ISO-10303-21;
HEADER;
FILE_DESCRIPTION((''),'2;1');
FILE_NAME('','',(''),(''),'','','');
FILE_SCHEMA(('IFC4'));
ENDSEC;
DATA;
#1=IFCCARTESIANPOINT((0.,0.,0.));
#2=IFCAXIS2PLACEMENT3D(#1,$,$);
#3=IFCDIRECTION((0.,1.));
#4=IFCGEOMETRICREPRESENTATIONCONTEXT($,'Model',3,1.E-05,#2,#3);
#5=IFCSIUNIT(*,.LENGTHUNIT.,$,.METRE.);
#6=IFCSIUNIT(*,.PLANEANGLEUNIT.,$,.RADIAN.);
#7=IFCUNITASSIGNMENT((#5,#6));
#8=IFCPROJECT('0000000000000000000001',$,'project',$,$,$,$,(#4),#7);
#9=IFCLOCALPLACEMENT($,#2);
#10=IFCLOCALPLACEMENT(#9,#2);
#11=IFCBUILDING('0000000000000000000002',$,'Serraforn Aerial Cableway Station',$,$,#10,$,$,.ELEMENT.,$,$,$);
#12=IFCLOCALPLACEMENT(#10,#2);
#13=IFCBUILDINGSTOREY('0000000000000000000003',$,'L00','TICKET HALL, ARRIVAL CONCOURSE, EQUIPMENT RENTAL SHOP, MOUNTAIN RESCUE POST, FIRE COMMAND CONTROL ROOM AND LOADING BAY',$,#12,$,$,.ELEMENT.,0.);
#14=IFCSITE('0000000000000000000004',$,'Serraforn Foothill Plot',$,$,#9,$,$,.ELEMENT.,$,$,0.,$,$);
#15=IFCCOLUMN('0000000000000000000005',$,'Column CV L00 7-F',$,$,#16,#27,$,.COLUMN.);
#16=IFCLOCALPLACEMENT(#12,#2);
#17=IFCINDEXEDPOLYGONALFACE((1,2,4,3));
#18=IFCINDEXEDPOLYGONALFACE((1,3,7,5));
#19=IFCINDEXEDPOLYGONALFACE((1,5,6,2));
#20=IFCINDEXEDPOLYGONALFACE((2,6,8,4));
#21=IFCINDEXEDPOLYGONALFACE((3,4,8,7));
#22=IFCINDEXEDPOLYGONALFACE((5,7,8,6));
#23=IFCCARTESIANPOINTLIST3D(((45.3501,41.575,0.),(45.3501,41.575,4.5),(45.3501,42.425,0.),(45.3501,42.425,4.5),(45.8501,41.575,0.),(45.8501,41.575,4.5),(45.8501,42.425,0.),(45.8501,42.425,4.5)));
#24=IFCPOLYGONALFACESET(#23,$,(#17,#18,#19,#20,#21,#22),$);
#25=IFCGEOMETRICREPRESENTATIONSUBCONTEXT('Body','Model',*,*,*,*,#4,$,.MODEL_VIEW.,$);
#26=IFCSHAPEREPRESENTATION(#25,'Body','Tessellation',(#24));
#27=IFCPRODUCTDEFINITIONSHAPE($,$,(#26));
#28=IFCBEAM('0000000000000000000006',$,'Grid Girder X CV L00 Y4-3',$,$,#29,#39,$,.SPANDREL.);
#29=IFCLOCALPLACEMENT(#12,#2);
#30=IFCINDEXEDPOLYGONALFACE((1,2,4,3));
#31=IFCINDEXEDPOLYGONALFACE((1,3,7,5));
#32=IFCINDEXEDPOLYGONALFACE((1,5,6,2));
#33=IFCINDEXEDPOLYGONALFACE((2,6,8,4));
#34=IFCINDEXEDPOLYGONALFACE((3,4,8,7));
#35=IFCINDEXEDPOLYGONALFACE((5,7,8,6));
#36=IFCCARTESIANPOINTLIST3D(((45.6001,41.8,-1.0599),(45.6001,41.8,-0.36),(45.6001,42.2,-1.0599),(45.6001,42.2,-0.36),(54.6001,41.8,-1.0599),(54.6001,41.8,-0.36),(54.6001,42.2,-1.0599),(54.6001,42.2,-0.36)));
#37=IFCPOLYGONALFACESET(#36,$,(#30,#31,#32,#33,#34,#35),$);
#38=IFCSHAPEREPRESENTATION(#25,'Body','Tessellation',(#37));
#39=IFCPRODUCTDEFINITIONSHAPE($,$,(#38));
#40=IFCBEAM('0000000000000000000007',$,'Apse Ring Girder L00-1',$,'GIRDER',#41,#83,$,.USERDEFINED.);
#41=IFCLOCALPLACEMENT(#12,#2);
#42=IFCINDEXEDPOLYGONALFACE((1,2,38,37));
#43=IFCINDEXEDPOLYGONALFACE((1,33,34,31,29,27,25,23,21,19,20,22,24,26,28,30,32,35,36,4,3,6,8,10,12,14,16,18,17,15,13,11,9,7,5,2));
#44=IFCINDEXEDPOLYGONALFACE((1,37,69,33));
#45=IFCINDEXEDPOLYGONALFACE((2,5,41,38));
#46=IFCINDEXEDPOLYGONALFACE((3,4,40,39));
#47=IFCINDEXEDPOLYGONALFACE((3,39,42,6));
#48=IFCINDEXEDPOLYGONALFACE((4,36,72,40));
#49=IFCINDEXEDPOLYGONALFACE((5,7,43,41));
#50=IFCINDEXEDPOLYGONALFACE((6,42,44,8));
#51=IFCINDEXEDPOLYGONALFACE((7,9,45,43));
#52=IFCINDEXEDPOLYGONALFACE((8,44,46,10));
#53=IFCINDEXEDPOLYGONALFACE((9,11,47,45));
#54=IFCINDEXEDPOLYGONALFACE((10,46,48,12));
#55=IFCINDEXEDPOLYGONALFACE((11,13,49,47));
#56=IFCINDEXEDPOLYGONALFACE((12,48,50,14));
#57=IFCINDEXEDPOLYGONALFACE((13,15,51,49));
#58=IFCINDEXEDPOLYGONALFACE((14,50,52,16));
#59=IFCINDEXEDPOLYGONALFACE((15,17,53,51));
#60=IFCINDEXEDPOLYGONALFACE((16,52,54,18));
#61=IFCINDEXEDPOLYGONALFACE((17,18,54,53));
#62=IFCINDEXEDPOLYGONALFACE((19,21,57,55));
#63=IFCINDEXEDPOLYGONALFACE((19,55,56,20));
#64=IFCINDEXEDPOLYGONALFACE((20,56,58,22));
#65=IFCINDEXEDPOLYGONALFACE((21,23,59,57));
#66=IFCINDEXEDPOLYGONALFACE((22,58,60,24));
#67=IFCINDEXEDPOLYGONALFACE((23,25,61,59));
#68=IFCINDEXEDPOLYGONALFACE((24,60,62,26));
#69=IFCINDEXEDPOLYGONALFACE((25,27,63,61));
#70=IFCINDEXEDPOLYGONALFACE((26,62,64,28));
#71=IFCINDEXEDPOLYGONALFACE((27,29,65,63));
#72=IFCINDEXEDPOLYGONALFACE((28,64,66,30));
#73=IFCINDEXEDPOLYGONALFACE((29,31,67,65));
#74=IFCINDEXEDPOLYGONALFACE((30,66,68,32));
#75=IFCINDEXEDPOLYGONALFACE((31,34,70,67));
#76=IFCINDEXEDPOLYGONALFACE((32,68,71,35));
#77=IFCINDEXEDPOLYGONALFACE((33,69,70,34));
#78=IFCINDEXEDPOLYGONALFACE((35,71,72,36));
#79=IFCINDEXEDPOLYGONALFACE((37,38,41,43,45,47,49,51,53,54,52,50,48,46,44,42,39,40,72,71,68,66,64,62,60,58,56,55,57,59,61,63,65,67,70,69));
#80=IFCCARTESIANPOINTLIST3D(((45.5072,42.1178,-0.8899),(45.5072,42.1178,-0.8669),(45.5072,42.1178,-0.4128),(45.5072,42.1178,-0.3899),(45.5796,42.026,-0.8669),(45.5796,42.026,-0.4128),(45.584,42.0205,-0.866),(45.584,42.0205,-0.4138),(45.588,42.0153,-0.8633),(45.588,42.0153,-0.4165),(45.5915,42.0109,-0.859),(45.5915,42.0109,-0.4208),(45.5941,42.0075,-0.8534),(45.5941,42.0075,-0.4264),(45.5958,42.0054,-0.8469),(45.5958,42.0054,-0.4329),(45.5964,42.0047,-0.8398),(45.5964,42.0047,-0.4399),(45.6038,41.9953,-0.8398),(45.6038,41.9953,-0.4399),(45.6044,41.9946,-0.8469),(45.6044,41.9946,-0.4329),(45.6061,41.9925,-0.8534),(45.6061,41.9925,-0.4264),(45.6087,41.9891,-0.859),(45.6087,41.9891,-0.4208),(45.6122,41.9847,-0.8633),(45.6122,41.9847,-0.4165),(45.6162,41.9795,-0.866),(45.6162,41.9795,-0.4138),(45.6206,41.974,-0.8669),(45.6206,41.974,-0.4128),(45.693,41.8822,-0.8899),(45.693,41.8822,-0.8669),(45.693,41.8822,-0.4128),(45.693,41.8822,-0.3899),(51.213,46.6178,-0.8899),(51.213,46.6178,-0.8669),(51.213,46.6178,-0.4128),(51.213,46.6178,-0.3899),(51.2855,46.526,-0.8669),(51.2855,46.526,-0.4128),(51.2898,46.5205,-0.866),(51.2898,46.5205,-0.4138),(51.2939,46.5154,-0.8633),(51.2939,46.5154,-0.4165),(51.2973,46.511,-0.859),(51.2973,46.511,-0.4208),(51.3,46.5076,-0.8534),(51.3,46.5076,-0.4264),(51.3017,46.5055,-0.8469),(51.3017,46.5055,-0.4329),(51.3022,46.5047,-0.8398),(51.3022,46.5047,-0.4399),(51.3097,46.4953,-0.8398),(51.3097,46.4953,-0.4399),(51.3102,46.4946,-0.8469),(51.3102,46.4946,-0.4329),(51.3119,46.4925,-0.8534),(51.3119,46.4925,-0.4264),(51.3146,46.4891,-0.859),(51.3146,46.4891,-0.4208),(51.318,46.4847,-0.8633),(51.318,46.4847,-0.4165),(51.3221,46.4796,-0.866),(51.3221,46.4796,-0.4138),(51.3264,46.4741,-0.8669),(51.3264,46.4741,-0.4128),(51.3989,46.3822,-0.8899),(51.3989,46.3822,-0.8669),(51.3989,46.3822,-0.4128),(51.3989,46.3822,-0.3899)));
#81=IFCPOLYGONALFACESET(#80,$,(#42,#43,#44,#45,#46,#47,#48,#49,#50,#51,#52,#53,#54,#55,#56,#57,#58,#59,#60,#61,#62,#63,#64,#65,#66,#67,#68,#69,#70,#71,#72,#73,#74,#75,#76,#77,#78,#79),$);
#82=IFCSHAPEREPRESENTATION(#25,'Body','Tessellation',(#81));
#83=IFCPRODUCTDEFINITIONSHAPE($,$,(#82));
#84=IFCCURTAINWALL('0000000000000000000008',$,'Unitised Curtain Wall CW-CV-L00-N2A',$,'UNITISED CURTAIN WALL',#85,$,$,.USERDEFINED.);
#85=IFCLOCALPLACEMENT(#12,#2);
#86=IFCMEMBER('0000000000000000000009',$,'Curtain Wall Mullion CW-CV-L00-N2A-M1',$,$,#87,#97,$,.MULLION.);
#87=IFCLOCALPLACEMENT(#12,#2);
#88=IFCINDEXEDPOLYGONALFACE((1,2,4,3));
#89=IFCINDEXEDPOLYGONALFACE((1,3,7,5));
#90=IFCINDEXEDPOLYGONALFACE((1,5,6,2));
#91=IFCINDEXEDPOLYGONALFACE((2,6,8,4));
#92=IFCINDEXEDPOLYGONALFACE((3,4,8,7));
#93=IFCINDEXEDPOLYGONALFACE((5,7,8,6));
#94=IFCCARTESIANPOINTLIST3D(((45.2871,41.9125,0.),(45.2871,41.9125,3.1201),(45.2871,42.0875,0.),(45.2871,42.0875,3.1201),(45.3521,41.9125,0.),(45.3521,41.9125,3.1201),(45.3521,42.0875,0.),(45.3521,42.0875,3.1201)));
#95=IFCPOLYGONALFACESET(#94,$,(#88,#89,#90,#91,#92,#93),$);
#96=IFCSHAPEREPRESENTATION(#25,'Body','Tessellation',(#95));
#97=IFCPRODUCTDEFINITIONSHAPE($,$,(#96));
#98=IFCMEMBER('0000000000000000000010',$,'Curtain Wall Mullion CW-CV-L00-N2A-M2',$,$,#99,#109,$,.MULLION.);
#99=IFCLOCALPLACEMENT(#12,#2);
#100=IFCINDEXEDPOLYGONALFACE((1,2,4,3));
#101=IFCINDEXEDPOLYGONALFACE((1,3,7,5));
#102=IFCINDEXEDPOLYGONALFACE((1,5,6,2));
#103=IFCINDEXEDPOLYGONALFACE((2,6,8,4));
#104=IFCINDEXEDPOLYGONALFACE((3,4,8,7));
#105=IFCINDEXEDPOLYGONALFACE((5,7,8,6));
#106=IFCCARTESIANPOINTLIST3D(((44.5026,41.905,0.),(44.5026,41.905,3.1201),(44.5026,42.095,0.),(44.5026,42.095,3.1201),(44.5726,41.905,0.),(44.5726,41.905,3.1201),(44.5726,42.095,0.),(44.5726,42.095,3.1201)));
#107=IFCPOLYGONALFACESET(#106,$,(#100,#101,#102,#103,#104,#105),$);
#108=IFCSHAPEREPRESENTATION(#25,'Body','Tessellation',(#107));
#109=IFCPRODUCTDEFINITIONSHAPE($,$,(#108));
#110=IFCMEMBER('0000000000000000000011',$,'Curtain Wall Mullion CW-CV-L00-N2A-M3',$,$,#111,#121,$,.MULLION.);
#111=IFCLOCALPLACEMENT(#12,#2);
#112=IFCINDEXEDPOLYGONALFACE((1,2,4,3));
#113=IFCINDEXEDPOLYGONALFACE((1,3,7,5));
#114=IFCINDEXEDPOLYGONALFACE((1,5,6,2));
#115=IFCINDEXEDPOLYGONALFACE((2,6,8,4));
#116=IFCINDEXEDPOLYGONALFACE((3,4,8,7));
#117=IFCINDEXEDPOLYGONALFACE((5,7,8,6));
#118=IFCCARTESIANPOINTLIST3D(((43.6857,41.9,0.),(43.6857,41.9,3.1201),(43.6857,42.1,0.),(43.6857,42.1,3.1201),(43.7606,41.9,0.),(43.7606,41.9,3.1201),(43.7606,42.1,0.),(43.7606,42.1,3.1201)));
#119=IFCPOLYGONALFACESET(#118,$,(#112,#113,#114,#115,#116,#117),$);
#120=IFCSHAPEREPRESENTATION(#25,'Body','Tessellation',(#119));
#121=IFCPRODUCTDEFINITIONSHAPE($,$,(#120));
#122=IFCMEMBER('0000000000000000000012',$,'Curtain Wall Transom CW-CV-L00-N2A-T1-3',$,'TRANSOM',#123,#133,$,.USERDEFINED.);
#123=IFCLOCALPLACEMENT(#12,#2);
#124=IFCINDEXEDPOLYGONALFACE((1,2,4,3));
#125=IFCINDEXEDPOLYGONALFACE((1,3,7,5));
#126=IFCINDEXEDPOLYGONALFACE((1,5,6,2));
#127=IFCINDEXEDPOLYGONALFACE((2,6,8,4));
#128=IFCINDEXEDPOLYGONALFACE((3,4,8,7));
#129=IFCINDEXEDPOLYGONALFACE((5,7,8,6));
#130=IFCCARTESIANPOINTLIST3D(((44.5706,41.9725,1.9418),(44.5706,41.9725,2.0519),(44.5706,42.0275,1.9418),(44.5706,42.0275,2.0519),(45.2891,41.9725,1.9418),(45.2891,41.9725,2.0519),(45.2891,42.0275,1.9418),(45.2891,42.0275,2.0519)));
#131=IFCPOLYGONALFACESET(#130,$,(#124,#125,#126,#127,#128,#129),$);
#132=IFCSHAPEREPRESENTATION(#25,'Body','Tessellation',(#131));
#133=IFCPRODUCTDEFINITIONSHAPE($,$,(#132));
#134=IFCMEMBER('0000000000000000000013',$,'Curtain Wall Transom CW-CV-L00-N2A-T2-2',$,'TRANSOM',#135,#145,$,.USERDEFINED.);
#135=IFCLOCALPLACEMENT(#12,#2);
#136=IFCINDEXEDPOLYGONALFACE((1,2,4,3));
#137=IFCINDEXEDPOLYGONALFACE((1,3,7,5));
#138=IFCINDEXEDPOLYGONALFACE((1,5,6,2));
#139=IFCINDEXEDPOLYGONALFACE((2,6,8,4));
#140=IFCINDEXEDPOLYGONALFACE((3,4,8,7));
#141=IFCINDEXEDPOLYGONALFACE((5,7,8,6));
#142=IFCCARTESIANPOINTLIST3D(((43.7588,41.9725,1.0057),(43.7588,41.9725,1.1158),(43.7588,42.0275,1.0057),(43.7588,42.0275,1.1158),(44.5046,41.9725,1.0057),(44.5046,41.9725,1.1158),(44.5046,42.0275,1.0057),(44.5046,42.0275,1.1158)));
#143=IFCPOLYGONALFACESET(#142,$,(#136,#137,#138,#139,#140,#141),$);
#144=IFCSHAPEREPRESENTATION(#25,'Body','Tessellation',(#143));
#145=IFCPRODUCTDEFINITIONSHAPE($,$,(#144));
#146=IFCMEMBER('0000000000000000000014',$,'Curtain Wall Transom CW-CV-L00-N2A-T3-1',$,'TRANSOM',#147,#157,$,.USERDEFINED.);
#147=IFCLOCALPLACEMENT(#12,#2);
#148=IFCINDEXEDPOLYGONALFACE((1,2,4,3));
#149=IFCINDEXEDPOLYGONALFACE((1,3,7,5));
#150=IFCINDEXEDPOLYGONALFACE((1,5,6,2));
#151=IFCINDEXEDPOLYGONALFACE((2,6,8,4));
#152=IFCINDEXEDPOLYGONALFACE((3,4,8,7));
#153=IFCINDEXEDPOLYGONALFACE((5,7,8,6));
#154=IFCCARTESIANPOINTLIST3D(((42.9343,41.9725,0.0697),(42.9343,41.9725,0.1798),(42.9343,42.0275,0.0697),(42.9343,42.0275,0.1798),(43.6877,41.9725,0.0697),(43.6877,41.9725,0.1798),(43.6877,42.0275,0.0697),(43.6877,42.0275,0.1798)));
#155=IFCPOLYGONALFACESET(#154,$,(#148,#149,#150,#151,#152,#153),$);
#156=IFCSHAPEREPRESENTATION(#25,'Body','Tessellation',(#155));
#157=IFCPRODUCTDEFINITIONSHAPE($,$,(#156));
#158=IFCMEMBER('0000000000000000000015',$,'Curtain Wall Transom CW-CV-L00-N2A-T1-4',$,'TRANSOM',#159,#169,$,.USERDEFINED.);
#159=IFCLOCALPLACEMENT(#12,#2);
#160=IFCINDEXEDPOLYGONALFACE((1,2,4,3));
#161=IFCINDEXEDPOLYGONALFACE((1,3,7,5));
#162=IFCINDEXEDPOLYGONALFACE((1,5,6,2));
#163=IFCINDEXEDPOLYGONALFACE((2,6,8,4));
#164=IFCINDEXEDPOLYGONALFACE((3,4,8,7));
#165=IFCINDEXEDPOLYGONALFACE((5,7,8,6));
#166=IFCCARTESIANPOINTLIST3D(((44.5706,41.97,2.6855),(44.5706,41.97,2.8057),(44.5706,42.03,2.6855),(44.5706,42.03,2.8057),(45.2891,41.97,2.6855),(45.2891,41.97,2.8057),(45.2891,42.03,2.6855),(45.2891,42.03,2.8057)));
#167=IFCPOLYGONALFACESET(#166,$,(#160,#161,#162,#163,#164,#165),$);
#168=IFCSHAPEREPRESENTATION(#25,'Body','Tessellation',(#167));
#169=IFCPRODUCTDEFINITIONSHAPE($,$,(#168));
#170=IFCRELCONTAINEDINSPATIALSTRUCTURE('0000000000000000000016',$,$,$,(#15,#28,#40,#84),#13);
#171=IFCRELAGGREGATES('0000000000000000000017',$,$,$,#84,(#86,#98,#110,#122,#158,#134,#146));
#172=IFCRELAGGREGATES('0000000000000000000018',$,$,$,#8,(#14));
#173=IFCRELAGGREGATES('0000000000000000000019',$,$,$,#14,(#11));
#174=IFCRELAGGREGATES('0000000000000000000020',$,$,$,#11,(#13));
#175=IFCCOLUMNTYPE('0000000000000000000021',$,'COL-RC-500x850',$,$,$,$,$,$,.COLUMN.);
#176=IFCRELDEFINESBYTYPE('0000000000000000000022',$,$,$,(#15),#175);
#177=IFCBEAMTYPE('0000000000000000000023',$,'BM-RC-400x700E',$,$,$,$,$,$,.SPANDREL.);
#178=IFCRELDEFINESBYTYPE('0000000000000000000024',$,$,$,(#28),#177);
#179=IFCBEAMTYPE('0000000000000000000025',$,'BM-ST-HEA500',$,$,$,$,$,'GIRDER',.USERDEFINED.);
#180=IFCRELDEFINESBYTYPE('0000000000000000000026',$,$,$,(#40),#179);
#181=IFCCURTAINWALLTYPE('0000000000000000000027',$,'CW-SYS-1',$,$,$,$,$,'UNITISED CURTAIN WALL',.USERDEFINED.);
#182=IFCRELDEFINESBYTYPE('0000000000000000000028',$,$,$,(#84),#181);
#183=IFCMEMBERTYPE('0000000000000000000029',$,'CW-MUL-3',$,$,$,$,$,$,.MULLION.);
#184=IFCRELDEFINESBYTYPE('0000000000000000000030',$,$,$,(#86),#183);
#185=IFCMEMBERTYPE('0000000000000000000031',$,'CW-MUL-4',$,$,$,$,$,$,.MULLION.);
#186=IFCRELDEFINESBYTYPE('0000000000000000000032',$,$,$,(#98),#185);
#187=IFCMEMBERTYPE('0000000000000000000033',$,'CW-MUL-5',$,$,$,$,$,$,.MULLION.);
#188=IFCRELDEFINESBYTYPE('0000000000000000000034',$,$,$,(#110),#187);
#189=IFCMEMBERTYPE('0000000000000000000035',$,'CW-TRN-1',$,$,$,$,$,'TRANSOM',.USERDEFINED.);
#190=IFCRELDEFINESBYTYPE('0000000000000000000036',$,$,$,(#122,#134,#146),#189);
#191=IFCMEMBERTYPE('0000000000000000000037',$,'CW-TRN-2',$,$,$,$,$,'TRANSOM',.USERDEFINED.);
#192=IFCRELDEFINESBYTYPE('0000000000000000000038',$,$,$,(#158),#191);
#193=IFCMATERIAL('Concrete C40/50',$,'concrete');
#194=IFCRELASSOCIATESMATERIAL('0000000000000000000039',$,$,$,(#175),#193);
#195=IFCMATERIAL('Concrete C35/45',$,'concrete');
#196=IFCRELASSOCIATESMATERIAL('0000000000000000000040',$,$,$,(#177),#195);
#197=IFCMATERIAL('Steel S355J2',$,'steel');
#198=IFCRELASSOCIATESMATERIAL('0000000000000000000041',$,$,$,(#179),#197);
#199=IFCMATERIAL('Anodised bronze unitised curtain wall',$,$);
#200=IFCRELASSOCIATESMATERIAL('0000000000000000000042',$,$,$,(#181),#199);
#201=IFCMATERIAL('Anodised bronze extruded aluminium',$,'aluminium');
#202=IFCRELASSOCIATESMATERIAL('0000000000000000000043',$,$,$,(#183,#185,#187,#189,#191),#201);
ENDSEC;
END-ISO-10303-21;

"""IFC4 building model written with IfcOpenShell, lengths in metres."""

from ifc_helpers import new_model, si_unit, direction, frame, origin, origin_2d, place, context, subcontext, project, spatial, rectangle, i_section, extrude, material, material_profile, profile_set, type_object, element, aggregate, save


model = new_model("IFC4")

# Units and contexts
model_context = context("Model", 3, precision=1e-05, world=origin(), true_north=direction((0.0, 1.0)))
body_context = subcontext(model_context, "Body", "Model", "MODEL_VIEW")
ifc_project = project(units=[si_unit("LENGTHUNIT", "METRE"), si_unit("PLANEANGLEUNIT", "RADIAN")], contexts=[model_context])

# Site, building, storey
site_placement = place(None, origin())
site = spatial("IfcSite", under=ifc_project, at=site_placement, Name="Serraforn Foothill Plot", CompositionType="ELEMENT", RefElevation=0.0)
building_placement = place(site_placement, origin())
building = spatial("IfcBuilding", under=site, at=building_placement, Name="Serraforn Aerial Cableway Station", CompositionType="ELEMENT")
storey_placement = place(building_placement, origin())
storey = spatial("IfcBuildingStorey", under=building, at=storey_placement, Name="L00", Description="TICKET HALL, ARRIVAL CONCOURSE, EQUIPMENT RENTAL SHOP, MOUNTAIN RESCUE POST, FIRE COMMAND CONTROL ROOM AND LOADING BAY", CompositionType="ELEMENT", Elevation=0.0)

# Column
ifc_material_1 = material(Name="Concrete C40/50", Category="concrete")
ifc_material_profile_1 = material_profile(ifc_material_1, rectangle(XDim=0.5, YDim=0.8501, at=origin_2d()), Name="RC 500x850")
ifc_profile_set_1 = profile_set([ifc_material_profile_1], Name="Concrete C40/50")
column_type = type_object("IfcColumnType", Name="COL-RC-500x850", PredefinedType="COLUMN", material=ifc_profile_set_1)
column_placement = place(storey_placement, frame((45.6001, 42.0, 0.0), z_axis=(0.0, 0.0, 1.0), x_axis=(1.0, 0.0, 0.0)))
element("IfcColumn", 1, at=column_placement, inside=storey, type_object=column_type, Name="Column CV L00 7-F", PredefinedType="COLUMN", context=body_context, shape_type="SweptSolid", body=[
    extrude(rectangle(XDim=0.5, YDim=0.8501, at=origin_2d()), origin(), (0.0, 0.0, 1.0), 4.5),
])

# Beams
ifc_material_2 = material(Name="Concrete C35/45", Category="concrete")
ifc_material_profile_2 = material_profile(ifc_material_2, rectangle(XDim=0.3999, YDim=0.7, at=origin_2d()), Name="RC 400x700")
ifc_profile_set_2 = profile_set([ifc_material_profile_2], Name="Concrete C35/45")
beam_type_1 = type_object("IfcBeamType", Name="BM-RC-400x700E", PredefinedType="SPANDREL", material=ifc_profile_set_2)
beam_1_placement = place(storey_placement, frame((45.6001, 42.0, -0.71), z_axis=(1.0, 0.0, 0.0), x_axis=(0.0, 1.0, 0.0)))
element("IfcBeam", 2, at=beam_1_placement, inside=storey, type_object=beam_type_1, Name="Grid Girder X CV L00 Y4-3", PredefinedType="SPANDREL", context=body_context, shape_type="SweptSolid", body=[
    extrude(rectangle(XDim=0.3999, YDim=0.7, at=origin_2d()), origin(), (0.0, 0.0, 1.0), 9.0),
])
ifc_material_3 = material(Name="Steel S355J2", Category="steel")
ifc_material_profile_3 = material_profile(ifc_material_3, i_section(OverallWidth=0.3, OverallDepth=0.5, WebThickness=0.012, FlangeThickness=0.0229, FilletRadius=0.0271, at=origin_2d()), Name="HEA 500")
ifc_profile_set_3 = profile_set([ifc_material_profile_3], Name="Steel S355J2")
beam_type_2 = type_object("IfcBeamType", Name="BM-ST-HEA500", ElementType="GIRDER", PredefinedType="USERDEFINED", material=ifc_profile_set_3)
beam_2_placement = place(storey_placement, frame((45.6001, 42.0, -0.6399), z_axis=(0.78519, 0.619255, 0.0), x_axis=(-0.619255, 0.78519, 0.0)))
element("IfcBeam", 3, at=beam_2_placement, inside=storey, type_object=beam_type_2, Name="Apse Ring Girder L00-1", ObjectType="GIRDER", PredefinedType="USERDEFINED", context=body_context, shape_type="SweptSolid", body=[
    extrude(i_section(OverallWidth=0.3, OverallDepth=0.5, WebThickness=0.012, FlangeThickness=0.0229, FilletRadius=0.0271, at=origin_2d()), origin(), (0.0, 0.0, 1.0), 7.2668),
])

# Curtain wall, members
ifc_material_4 = material(Name="Anodised bronze unitised curtain wall")
curtain_wall_type = type_object("IfcCurtainWallType", Name="CW-SYS-1", ElementType="UNITISED CURTAIN WALL", PredefinedType="USERDEFINED", material=ifc_material_4)
curtain_wall_placement = place(storey_placement, origin())
curtain_wall = element("IfcCurtainWall", 4, at=curtain_wall_placement, inside=storey, type_object=curtain_wall_type, Name="Unitised Curtain Wall CW-CV-L00-N2A", ObjectType="UNITISED CURTAIN WALL", PredefinedType="USERDEFINED")
ifc_material_5 = material(Name="Anodised bronze extruded aluminium", Category="aluminium")
ifc_material_profile_4 = material_profile(ifc_material_5, rectangle(XDim=0.0649, YDim=0.175, at=origin_2d()), Name="CW MULLION 65x175")
ifc_profile_set_4 = profile_set([ifc_material_profile_4], Name="Anodised bronze extruded aluminium")
member_type_1 = type_object("IfcMemberType", Name="CW-MUL-3", PredefinedType="MULLION", material=ifc_profile_set_4)
member_1_placement = place(storey_placement, frame((45.3196, 42.0, 0.0), z_axis=(0.0, 0.0, 1.0), x_axis=(-1.0, 0.0, 0.0)))
member_1 = element("IfcMember", 5, at=member_1_placement, type_object=member_type_1, Name="Curtain Wall Mullion CW-CV-L00-N2A-M1", PredefinedType="MULLION", context=body_context, shape_type="SweptSolid", body=[
    extrude(rectangle(XDim=0.0649, YDim=0.175, at=origin_2d()), origin(), (0.0, 0.0, 1.0), 3.1201),
])
ifc_material_profile_5 = material_profile(ifc_material_5, rectangle(XDim=0.0701, YDim=0.1899, at=origin_2d()), Name="CW MULLION 70x190")
ifc_profile_set_5 = profile_set([ifc_material_profile_5], Name="Anodised bronze extruded aluminium")
member_type_2 = type_object("IfcMemberType", Name="CW-MUL-4", PredefinedType="MULLION", material=ifc_profile_set_5)
member_2_placement = place(storey_placement, frame((44.5376, 42.0, 0.0), z_axis=(0.0, 0.0, 1.0), x_axis=(-1.0, 0.0, 0.0)))
member_2 = element("IfcMember", 6, at=member_2_placement, type_object=member_type_2, Name="Curtain Wall Mullion CW-CV-L00-N2A-M2", PredefinedType="MULLION", context=body_context, shape_type="SweptSolid", body=[
    extrude(rectangle(XDim=0.0701, YDim=0.1899, at=origin_2d()), origin(), (0.0, 0.0, 1.0), 3.1201),
])
ifc_material_profile_6 = material_profile(ifc_material_5, rectangle(XDim=0.075, YDim=0.2, at=origin_2d()), Name="CW MULLION 75x200")
ifc_profile_set_6 = profile_set([ifc_material_profile_6], Name="Anodised bronze extruded aluminium")
member_type_3 = type_object("IfcMemberType", Name="CW-MUL-5", PredefinedType="MULLION", material=ifc_profile_set_6)
member_3_placement = place(storey_placement, frame((43.7231, 42.0, 0.0), z_axis=(0.0, 0.0, 1.0), x_axis=(-1.0, 0.0, 0.0)))
member_3 = element("IfcMember", 7, at=member_3_placement, type_object=member_type_3, Name="Curtain Wall Mullion CW-CV-L00-N2A-M3", PredefinedType="MULLION", context=body_context, shape_type="SweptSolid", body=[
    extrude(rectangle(XDim=0.075, YDim=0.2, at=origin_2d()), origin(), (0.0, 0.0, 1.0), 3.1201),
])
ifc_material_profile_7 = material_profile(ifc_material_5, rectangle(XDim=0.0549, YDim=0.1101, at=origin_2d()), Name="CW TRANSOM 55x110")
ifc_profile_set_7 = profile_set([ifc_material_profile_7], Name="Anodised bronze extruded aluminium")
member_type_4 = type_object("IfcMemberType", Name="CW-TRN-1", ElementType="TRANSOM", PredefinedType="USERDEFINED", material=ifc_profile_set_7)
member_4_placement = place(storey_placement, frame((45.2891, 42.0, 1.9968), z_axis=(-1.0, 0.0, 0.0), x_axis=(0.0, -1.0, 0.0)))
member_4 = element("IfcMember", 8, at=member_4_placement, type_object=member_type_4, Name="Curtain Wall Transom CW-CV-L00-N2A-T1-3", ObjectType="TRANSOM", PredefinedType="USERDEFINED", context=body_context, shape_type="SweptSolid", body=[
    extrude(rectangle(XDim=0.0549, YDim=0.1101, at=origin_2d()), origin(), (0.0, 0.0, 1.0), 0.7185),
])
member_5_placement = place(storey_placement, frame((44.5046, 42.0, 1.0608), z_axis=(-1.0, 0.0, 0.0), x_axis=(0.0, -1.0, 0.0)))
member_5 = element("IfcMember", 9, at=member_5_placement, type_object=member_type_4, Name="Curtain Wall Transom CW-CV-L00-N2A-T2-2", ObjectType="TRANSOM", PredefinedType="USERDEFINED", context=body_context, shape_type="SweptSolid", body=[
    extrude(rectangle(XDim=0.0549, YDim=0.1101, at=origin_2d()), origin(), (0.0, 0.0, 1.0), 0.7458),
])
member_6_placement = place(storey_placement, frame((43.6877, 42.0, 0.1248), z_axis=(-1.0, 0.0, 0.0), x_axis=(0.0, -1.0, 0.0)))
member_6 = element("IfcMember", 10, at=member_6_placement, type_object=member_type_4, Name="Curtain Wall Transom CW-CV-L00-N2A-T3-1", ObjectType="TRANSOM", PredefinedType="USERDEFINED", context=body_context, shape_type="SweptSolid", body=[
    extrude(rectangle(XDim=0.0549, YDim=0.1101, at=origin_2d()), origin(), (0.0, 0.0, 1.0), 0.7534),
])
ifc_material_profile_8 = material_profile(ifc_material_5, rectangle(XDim=0.0601, YDim=0.1201, at=origin_2d()), Name="CW TRANSOM 60x120")
ifc_profile_set_8 = profile_set([ifc_material_profile_8], Name="Anodised bronze extruded aluminium")
member_type_5 = type_object("IfcMemberType", Name="CW-TRN-2", ElementType="TRANSOM", PredefinedType="USERDEFINED", material=ifc_profile_set_8)
member_7_placement = place(storey_placement, frame((45.2891, 42.0, 2.7456), z_axis=(-1.0, 0.0, 0.0), x_axis=(0.0, -1.0, 0.0)))
member_7 = element("IfcMember", 11, at=member_7_placement, type_object=member_type_5, Name="Curtain Wall Transom CW-CV-L00-N2A-T1-4", ObjectType="TRANSOM", PredefinedType="USERDEFINED", context=body_context, shape_type="SweptSolid", body=[
    extrude(rectangle(XDim=0.0601, YDim=0.1201, at=origin_2d()), origin(), (0.0, 0.0, 1.0), 0.7185),
])
aggregate(curtain_wall, [member_1, member_2, member_3, member_4, member_7, member_5, member_6])

save(model, "model.ifc")
